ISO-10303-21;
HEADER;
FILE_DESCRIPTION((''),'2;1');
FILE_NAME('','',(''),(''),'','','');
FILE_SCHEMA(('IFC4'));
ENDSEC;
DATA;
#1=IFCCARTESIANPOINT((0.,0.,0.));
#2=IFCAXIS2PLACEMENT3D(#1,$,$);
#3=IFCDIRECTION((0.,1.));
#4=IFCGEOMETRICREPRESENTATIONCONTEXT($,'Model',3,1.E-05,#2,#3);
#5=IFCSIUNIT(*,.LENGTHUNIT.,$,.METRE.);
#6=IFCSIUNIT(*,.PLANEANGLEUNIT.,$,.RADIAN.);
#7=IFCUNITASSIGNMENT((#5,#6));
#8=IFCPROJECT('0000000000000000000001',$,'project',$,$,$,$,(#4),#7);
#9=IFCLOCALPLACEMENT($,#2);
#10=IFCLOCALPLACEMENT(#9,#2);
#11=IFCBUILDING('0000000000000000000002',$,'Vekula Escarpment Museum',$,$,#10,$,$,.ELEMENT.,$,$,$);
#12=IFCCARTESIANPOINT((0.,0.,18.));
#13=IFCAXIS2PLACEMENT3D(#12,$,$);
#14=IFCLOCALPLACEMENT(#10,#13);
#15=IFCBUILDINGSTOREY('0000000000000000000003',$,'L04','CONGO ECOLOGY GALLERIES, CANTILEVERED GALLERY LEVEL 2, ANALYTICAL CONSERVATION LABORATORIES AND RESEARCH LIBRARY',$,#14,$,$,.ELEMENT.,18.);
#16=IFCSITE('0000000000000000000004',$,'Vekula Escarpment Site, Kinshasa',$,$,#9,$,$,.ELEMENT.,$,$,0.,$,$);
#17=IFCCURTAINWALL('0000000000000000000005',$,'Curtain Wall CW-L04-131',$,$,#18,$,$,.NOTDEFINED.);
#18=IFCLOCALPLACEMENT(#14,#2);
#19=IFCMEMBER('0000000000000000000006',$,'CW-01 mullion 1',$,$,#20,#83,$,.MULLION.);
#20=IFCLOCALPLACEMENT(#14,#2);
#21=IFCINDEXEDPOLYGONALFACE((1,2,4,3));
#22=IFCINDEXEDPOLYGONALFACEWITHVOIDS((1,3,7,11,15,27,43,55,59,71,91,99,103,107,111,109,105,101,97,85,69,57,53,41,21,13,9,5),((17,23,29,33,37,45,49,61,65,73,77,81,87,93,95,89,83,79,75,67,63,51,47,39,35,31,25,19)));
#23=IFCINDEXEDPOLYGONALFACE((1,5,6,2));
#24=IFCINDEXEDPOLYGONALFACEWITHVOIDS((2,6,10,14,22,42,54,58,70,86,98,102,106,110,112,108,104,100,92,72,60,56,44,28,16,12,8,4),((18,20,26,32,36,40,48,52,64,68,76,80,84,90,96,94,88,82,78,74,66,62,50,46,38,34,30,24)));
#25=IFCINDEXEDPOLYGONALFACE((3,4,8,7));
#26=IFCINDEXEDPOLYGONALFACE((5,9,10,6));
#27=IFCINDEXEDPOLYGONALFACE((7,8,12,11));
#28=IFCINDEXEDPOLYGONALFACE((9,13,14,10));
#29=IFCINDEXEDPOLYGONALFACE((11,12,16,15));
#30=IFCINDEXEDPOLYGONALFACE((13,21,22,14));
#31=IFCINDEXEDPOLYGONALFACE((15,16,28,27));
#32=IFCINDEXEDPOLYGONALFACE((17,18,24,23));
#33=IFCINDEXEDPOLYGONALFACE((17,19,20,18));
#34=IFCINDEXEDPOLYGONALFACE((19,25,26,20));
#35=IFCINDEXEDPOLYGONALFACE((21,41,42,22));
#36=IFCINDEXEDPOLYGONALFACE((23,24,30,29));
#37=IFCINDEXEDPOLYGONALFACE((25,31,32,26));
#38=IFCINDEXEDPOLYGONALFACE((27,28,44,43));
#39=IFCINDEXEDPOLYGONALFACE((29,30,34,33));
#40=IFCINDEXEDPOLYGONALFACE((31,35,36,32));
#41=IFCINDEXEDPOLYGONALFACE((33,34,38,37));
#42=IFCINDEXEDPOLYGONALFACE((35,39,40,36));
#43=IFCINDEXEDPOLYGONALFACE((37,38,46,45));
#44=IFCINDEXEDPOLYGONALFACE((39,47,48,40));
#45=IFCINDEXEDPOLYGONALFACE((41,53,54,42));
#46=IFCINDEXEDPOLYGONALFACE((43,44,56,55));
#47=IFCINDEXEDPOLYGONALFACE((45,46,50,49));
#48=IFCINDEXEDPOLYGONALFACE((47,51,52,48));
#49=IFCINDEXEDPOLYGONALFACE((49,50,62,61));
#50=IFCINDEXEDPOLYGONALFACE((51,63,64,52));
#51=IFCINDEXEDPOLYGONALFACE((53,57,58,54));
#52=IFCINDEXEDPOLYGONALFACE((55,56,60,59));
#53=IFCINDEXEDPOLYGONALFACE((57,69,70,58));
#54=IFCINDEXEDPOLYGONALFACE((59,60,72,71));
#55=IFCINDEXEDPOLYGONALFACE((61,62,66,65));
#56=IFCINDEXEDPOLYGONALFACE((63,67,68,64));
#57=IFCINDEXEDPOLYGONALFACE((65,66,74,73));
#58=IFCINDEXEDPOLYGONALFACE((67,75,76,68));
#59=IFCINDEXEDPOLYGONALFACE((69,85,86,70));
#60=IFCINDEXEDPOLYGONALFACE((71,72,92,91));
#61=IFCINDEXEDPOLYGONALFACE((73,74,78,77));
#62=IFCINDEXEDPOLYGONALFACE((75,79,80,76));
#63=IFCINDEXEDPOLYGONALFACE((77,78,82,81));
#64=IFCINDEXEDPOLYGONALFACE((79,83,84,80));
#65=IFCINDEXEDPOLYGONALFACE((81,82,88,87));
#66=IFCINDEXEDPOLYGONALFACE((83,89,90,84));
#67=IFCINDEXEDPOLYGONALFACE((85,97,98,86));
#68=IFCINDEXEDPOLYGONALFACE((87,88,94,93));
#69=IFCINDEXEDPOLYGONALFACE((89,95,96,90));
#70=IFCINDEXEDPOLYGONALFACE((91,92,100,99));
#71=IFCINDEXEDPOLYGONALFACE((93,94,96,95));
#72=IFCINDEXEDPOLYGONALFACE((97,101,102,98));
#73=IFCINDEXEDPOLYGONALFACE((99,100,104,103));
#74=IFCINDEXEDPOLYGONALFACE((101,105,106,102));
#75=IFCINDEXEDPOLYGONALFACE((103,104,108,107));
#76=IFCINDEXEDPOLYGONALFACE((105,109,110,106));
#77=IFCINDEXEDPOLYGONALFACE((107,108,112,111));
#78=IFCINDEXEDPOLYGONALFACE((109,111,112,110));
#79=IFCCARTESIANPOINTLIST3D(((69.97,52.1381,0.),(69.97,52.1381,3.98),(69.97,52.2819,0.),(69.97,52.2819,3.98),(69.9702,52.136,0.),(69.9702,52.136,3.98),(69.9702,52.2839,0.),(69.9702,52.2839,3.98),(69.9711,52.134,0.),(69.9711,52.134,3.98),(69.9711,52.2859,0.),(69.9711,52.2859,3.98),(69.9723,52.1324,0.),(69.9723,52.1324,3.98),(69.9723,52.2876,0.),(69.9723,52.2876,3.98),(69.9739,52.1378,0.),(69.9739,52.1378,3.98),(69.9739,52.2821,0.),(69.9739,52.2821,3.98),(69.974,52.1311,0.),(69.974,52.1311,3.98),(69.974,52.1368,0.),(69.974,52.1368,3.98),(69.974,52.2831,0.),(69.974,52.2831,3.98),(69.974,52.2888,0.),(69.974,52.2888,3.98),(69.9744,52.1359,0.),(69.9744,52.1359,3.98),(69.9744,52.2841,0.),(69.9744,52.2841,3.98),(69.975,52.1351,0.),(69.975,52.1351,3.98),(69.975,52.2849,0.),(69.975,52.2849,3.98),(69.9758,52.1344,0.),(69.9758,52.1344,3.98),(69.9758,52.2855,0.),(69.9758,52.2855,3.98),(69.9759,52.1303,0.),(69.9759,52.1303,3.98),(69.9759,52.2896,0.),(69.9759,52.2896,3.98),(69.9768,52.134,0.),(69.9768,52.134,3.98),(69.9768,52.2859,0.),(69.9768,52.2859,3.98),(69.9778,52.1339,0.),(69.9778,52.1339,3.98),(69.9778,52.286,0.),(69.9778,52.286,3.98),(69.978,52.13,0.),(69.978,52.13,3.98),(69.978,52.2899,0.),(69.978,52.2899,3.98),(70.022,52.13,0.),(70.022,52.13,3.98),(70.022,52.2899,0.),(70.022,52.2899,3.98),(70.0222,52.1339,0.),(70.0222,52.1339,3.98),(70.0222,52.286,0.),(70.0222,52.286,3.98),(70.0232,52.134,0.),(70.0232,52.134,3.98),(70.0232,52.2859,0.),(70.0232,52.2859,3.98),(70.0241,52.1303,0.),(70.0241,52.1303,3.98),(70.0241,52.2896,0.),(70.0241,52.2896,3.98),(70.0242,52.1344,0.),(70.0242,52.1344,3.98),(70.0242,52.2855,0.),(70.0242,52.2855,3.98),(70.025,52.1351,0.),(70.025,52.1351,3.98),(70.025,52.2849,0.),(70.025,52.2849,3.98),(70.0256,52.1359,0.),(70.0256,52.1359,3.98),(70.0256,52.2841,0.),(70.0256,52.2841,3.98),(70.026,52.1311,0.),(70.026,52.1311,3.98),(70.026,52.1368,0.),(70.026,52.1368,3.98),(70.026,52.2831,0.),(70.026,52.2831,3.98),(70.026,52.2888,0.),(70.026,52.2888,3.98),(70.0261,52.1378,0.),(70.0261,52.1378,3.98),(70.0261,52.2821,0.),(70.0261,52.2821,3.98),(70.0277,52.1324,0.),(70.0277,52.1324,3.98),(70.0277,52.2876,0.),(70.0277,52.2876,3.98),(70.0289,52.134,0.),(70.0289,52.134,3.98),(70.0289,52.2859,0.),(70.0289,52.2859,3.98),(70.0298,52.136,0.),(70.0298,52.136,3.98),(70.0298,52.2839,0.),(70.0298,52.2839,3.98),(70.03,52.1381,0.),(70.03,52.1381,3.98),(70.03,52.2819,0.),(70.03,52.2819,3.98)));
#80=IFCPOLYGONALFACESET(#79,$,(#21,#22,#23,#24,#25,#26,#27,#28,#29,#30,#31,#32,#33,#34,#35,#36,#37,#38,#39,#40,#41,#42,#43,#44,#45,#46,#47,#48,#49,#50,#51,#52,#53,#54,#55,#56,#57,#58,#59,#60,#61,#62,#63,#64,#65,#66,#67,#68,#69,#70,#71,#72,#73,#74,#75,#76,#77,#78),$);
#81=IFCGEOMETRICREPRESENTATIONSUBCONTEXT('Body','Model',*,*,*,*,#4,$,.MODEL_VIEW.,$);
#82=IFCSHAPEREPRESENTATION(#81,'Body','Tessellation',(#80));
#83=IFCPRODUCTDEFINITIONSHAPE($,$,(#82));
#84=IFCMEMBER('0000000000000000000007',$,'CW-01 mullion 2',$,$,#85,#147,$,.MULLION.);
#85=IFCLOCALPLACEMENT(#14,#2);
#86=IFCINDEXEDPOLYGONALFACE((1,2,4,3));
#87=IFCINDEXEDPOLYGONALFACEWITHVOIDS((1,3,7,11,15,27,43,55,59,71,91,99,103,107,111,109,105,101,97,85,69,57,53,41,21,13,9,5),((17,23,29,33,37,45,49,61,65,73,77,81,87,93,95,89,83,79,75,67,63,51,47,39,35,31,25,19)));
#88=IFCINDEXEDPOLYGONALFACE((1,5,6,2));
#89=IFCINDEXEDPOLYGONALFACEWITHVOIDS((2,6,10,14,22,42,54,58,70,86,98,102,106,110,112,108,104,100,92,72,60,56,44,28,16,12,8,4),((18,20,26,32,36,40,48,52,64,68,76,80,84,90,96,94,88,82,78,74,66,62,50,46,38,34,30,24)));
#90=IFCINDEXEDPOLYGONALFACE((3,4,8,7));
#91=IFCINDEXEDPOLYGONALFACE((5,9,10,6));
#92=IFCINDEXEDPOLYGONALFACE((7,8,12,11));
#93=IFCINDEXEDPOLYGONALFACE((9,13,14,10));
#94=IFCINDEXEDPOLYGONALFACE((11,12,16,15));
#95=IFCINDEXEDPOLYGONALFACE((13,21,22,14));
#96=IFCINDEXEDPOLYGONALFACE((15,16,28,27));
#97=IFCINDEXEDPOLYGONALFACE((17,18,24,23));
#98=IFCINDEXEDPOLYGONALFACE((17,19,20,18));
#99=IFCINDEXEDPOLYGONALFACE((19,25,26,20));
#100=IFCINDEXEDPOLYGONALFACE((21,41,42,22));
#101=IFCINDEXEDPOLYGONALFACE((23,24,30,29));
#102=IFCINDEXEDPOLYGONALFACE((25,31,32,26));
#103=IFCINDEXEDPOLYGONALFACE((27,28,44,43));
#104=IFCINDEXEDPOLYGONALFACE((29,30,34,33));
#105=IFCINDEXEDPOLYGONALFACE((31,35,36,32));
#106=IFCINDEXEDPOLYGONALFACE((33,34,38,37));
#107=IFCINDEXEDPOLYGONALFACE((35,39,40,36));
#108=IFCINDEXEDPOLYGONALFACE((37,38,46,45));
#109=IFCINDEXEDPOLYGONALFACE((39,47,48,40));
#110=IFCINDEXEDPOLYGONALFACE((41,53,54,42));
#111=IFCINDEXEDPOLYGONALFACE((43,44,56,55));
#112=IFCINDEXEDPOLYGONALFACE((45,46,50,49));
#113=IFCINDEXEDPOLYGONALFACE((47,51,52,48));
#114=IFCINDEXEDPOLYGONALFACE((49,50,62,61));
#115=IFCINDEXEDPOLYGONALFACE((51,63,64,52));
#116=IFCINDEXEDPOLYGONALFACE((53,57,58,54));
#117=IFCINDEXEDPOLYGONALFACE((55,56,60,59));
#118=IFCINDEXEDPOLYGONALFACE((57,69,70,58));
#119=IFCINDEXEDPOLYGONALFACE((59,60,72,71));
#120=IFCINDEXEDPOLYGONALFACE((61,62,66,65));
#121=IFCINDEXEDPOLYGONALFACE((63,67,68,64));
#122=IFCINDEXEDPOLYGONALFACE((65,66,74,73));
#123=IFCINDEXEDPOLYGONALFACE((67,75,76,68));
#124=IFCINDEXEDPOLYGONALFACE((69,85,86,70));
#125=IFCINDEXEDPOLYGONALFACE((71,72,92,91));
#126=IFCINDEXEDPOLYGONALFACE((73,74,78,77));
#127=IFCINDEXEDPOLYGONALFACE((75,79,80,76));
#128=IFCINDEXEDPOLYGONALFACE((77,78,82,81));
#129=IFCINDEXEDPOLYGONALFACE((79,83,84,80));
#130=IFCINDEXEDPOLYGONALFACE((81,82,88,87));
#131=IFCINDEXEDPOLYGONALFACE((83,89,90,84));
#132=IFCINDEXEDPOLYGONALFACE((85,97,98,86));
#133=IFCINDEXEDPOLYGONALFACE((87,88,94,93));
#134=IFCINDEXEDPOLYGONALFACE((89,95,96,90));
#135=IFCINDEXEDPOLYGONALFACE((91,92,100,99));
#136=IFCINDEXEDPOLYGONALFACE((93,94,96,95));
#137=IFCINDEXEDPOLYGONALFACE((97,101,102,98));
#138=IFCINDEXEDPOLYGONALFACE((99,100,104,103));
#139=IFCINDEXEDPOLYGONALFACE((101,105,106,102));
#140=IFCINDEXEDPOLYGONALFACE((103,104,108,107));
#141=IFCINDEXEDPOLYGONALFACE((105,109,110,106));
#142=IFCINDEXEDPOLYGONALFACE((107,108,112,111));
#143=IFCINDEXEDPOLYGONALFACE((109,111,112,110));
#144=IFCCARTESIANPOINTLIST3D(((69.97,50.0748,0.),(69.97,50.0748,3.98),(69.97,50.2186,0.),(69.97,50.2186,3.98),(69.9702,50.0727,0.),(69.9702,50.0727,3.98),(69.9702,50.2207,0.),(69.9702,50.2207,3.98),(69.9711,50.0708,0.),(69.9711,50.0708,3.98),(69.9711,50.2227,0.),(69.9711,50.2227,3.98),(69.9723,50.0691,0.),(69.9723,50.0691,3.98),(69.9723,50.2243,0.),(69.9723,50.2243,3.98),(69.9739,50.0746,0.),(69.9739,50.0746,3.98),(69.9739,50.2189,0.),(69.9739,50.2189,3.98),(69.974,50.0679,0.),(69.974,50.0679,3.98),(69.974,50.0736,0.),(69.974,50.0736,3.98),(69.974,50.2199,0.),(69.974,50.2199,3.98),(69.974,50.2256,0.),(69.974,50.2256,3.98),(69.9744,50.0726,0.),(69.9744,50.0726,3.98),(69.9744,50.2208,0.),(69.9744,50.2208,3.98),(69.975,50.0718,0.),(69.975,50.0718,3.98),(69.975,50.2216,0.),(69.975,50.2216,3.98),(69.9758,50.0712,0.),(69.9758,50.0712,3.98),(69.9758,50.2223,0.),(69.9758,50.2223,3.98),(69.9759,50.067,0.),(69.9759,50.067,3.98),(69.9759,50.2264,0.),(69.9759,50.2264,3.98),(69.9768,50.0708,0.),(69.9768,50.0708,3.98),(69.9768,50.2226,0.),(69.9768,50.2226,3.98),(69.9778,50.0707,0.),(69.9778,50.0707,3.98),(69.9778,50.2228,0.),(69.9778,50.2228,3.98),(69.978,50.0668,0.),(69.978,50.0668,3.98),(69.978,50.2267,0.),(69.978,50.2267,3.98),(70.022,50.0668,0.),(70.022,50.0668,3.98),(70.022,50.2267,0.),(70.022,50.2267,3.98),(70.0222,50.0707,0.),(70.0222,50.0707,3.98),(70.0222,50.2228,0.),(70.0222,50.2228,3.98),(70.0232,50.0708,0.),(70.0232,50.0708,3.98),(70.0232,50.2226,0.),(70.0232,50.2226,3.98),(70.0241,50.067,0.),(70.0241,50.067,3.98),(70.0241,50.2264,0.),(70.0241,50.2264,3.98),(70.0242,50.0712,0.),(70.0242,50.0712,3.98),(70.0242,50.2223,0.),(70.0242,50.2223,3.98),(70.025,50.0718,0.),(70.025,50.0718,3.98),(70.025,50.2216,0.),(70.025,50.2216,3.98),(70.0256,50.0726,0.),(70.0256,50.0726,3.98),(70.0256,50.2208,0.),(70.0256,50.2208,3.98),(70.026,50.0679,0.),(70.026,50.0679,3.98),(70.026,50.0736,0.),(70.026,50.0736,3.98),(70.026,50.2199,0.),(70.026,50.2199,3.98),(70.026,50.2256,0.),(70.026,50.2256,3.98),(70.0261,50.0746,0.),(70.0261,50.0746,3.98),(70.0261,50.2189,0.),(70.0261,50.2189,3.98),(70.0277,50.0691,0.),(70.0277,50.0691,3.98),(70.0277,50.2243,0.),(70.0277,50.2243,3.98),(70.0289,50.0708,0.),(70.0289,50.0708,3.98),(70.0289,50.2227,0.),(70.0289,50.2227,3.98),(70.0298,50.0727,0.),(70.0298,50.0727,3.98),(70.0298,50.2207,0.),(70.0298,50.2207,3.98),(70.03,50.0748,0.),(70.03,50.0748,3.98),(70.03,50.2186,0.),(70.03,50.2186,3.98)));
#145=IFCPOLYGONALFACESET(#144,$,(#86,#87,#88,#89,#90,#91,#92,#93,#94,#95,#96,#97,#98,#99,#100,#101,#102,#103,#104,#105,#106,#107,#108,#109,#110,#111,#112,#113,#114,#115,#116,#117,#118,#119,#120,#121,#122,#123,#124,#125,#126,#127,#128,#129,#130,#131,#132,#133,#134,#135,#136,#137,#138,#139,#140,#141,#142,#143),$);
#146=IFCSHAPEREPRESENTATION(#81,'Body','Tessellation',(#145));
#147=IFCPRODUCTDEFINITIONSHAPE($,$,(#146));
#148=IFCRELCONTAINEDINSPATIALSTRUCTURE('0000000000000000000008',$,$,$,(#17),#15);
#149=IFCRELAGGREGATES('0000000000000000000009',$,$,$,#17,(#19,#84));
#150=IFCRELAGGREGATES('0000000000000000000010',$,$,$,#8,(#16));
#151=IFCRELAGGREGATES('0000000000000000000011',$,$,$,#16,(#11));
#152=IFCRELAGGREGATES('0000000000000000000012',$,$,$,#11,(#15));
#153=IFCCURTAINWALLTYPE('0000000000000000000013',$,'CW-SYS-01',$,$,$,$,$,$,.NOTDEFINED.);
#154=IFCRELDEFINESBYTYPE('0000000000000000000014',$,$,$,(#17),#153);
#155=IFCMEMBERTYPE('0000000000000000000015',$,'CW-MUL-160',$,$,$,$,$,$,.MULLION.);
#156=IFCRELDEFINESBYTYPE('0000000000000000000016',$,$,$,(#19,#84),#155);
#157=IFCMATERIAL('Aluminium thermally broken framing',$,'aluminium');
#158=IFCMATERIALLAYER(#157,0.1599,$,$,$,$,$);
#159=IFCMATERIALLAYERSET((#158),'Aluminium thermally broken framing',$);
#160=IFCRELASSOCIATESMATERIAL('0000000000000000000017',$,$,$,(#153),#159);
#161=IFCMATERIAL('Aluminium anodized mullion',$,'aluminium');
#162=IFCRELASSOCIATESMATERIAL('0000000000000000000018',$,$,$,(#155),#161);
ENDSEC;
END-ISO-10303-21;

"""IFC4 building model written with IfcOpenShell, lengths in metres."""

from ifc_helpers import new_model, si_unit, direction, frame, origin, origin_2d, place, context, subcontext, project, spatial, hollow_rectangle, extrude, material, layer, layer_set, material_profile, profile_set, type_object, element, aggregate, save


model = new_model("IFC4")

# Units and contexts
model_context = context("Model", 3, precision=1e-05, world=origin(), true_north=direction((0.0, 1.0)))
body_context = subcontext(model_context, "Body", "Model", "MODEL_VIEW")
ifc_project = project(units=[si_unit("LENGTHUNIT", "METRE"), si_unit("PLANEANGLEUNIT", "RADIAN")], contexts=[model_context])

# Site, building, storey
site_placement = place(None, origin())
site = spatial("IfcSite", under=ifc_project, at=site_placement, Name="Vekula Escarpment Site, Kinshasa", CompositionType="ELEMENT", RefElevation=0.0)
building_placement = place(site_placement, origin())
building = spatial("IfcBuilding", under=site, at=building_placement, Name="Vekula Escarpment Museum", CompositionType="ELEMENT")
storey_placement = place(building_placement, frame((0.0, 0.0, 18.0)))
storey = spatial("IfcBuildingStorey", under=building, at=storey_placement, Name="L04", Description="CONGO ECOLOGY GALLERIES, CANTILEVERED GALLERY LEVEL 2, ANALYTICAL CONSERVATION LABORATORIES AND RESEARCH LIBRARY", CompositionType="ELEMENT", Elevation=18.0)

# Curtain wall, members
ifc_material_1 = material(Name="Aluminium thermally broken framing", Category="aluminium")
ifc_layer_1 = layer(ifc_material_1, 0.1599)
ifc_layer_set_1 = layer_set([ifc_layer_1], Name="Aluminium thermally broken framing")
curtain_wall_type = type_object("IfcCurtainWallType", Name="CW-SYS-01", PredefinedType="NOTDEFINED", material=ifc_layer_set_1)
curtain_wall_placement = place(storey_placement, origin())
curtain_wall = element("IfcCurtainWall", 1, at=curtain_wall_placement, inside=storey, type_object=curtain_wall_type, Name="Curtain Wall CW-L04-131", PredefinedType="NOTDEFINED")
ifc_material_2 = material(Name="Aluminium anodized mullion", Category="aluminium")
ifc_material_profile_1 = material_profile(ifc_material_2, hollow_rectangle(XDim=0.0601, YDim=0.1599, WallThickness=0.0039, InnerFilletRadius=0.0039, OuterFilletRadius=0.0081, at=origin_2d()), Name="ALU 160x60x4")
ifc_profile_set_1 = profile_set([ifc_material_profile_1], Name="Aluminium anodized mullion")
member_type_1 = type_object("IfcMemberType", Name="CW-MUL-160", PredefinedType="MULLION", material=ifc_profile_set_1)
member_1_placement = place(storey_placement, frame((70.0, 52.21, 0.0), z_axis=(0.0, 0.0, 1.0), x_axis=(1.0, 0.0, 0.0)))
member_1 = element("IfcMember", 2, at=member_1_placement, type_object=member_type_1, Name="CW-01 mullion 1", PredefinedType="MULLION", context=body_context, shape_type="SweptSolid", body=[
    extrude(hollow_rectangle(XDim=0.0601, YDim=0.1599, WallThickness=0.0039, InnerFilletRadius=0.0039, OuterFilletRadius=0.0081, at=origin_2d()), origin(), (0.0, 0.0, 1.0), 3.98),
])
member_2_placement = place(storey_placement, frame((70.0, 50.1467, 0.0), z_axis=(0.0, 0.0, 1.0), x_axis=(1.0, 0.0, 0.0)))
member_2 = element("IfcMember", 3, at=member_2_placement, type_object=member_type_1, Name="CW-01 mullion 2", PredefinedType="MULLION", context=body_context, shape_type="SweptSolid", body=[
    extrude(hollow_rectangle(XDim=0.0601, YDim=0.1599, WallThickness=0.0039, InnerFilletRadius=0.0039, OuterFilletRadius=0.0081, at=origin_2d()), origin(), (0.0, 0.0, 1.0), 3.98),
])

aggregate(curtain_wall, [member_1, member_2])

save(model, "model.ifc")
